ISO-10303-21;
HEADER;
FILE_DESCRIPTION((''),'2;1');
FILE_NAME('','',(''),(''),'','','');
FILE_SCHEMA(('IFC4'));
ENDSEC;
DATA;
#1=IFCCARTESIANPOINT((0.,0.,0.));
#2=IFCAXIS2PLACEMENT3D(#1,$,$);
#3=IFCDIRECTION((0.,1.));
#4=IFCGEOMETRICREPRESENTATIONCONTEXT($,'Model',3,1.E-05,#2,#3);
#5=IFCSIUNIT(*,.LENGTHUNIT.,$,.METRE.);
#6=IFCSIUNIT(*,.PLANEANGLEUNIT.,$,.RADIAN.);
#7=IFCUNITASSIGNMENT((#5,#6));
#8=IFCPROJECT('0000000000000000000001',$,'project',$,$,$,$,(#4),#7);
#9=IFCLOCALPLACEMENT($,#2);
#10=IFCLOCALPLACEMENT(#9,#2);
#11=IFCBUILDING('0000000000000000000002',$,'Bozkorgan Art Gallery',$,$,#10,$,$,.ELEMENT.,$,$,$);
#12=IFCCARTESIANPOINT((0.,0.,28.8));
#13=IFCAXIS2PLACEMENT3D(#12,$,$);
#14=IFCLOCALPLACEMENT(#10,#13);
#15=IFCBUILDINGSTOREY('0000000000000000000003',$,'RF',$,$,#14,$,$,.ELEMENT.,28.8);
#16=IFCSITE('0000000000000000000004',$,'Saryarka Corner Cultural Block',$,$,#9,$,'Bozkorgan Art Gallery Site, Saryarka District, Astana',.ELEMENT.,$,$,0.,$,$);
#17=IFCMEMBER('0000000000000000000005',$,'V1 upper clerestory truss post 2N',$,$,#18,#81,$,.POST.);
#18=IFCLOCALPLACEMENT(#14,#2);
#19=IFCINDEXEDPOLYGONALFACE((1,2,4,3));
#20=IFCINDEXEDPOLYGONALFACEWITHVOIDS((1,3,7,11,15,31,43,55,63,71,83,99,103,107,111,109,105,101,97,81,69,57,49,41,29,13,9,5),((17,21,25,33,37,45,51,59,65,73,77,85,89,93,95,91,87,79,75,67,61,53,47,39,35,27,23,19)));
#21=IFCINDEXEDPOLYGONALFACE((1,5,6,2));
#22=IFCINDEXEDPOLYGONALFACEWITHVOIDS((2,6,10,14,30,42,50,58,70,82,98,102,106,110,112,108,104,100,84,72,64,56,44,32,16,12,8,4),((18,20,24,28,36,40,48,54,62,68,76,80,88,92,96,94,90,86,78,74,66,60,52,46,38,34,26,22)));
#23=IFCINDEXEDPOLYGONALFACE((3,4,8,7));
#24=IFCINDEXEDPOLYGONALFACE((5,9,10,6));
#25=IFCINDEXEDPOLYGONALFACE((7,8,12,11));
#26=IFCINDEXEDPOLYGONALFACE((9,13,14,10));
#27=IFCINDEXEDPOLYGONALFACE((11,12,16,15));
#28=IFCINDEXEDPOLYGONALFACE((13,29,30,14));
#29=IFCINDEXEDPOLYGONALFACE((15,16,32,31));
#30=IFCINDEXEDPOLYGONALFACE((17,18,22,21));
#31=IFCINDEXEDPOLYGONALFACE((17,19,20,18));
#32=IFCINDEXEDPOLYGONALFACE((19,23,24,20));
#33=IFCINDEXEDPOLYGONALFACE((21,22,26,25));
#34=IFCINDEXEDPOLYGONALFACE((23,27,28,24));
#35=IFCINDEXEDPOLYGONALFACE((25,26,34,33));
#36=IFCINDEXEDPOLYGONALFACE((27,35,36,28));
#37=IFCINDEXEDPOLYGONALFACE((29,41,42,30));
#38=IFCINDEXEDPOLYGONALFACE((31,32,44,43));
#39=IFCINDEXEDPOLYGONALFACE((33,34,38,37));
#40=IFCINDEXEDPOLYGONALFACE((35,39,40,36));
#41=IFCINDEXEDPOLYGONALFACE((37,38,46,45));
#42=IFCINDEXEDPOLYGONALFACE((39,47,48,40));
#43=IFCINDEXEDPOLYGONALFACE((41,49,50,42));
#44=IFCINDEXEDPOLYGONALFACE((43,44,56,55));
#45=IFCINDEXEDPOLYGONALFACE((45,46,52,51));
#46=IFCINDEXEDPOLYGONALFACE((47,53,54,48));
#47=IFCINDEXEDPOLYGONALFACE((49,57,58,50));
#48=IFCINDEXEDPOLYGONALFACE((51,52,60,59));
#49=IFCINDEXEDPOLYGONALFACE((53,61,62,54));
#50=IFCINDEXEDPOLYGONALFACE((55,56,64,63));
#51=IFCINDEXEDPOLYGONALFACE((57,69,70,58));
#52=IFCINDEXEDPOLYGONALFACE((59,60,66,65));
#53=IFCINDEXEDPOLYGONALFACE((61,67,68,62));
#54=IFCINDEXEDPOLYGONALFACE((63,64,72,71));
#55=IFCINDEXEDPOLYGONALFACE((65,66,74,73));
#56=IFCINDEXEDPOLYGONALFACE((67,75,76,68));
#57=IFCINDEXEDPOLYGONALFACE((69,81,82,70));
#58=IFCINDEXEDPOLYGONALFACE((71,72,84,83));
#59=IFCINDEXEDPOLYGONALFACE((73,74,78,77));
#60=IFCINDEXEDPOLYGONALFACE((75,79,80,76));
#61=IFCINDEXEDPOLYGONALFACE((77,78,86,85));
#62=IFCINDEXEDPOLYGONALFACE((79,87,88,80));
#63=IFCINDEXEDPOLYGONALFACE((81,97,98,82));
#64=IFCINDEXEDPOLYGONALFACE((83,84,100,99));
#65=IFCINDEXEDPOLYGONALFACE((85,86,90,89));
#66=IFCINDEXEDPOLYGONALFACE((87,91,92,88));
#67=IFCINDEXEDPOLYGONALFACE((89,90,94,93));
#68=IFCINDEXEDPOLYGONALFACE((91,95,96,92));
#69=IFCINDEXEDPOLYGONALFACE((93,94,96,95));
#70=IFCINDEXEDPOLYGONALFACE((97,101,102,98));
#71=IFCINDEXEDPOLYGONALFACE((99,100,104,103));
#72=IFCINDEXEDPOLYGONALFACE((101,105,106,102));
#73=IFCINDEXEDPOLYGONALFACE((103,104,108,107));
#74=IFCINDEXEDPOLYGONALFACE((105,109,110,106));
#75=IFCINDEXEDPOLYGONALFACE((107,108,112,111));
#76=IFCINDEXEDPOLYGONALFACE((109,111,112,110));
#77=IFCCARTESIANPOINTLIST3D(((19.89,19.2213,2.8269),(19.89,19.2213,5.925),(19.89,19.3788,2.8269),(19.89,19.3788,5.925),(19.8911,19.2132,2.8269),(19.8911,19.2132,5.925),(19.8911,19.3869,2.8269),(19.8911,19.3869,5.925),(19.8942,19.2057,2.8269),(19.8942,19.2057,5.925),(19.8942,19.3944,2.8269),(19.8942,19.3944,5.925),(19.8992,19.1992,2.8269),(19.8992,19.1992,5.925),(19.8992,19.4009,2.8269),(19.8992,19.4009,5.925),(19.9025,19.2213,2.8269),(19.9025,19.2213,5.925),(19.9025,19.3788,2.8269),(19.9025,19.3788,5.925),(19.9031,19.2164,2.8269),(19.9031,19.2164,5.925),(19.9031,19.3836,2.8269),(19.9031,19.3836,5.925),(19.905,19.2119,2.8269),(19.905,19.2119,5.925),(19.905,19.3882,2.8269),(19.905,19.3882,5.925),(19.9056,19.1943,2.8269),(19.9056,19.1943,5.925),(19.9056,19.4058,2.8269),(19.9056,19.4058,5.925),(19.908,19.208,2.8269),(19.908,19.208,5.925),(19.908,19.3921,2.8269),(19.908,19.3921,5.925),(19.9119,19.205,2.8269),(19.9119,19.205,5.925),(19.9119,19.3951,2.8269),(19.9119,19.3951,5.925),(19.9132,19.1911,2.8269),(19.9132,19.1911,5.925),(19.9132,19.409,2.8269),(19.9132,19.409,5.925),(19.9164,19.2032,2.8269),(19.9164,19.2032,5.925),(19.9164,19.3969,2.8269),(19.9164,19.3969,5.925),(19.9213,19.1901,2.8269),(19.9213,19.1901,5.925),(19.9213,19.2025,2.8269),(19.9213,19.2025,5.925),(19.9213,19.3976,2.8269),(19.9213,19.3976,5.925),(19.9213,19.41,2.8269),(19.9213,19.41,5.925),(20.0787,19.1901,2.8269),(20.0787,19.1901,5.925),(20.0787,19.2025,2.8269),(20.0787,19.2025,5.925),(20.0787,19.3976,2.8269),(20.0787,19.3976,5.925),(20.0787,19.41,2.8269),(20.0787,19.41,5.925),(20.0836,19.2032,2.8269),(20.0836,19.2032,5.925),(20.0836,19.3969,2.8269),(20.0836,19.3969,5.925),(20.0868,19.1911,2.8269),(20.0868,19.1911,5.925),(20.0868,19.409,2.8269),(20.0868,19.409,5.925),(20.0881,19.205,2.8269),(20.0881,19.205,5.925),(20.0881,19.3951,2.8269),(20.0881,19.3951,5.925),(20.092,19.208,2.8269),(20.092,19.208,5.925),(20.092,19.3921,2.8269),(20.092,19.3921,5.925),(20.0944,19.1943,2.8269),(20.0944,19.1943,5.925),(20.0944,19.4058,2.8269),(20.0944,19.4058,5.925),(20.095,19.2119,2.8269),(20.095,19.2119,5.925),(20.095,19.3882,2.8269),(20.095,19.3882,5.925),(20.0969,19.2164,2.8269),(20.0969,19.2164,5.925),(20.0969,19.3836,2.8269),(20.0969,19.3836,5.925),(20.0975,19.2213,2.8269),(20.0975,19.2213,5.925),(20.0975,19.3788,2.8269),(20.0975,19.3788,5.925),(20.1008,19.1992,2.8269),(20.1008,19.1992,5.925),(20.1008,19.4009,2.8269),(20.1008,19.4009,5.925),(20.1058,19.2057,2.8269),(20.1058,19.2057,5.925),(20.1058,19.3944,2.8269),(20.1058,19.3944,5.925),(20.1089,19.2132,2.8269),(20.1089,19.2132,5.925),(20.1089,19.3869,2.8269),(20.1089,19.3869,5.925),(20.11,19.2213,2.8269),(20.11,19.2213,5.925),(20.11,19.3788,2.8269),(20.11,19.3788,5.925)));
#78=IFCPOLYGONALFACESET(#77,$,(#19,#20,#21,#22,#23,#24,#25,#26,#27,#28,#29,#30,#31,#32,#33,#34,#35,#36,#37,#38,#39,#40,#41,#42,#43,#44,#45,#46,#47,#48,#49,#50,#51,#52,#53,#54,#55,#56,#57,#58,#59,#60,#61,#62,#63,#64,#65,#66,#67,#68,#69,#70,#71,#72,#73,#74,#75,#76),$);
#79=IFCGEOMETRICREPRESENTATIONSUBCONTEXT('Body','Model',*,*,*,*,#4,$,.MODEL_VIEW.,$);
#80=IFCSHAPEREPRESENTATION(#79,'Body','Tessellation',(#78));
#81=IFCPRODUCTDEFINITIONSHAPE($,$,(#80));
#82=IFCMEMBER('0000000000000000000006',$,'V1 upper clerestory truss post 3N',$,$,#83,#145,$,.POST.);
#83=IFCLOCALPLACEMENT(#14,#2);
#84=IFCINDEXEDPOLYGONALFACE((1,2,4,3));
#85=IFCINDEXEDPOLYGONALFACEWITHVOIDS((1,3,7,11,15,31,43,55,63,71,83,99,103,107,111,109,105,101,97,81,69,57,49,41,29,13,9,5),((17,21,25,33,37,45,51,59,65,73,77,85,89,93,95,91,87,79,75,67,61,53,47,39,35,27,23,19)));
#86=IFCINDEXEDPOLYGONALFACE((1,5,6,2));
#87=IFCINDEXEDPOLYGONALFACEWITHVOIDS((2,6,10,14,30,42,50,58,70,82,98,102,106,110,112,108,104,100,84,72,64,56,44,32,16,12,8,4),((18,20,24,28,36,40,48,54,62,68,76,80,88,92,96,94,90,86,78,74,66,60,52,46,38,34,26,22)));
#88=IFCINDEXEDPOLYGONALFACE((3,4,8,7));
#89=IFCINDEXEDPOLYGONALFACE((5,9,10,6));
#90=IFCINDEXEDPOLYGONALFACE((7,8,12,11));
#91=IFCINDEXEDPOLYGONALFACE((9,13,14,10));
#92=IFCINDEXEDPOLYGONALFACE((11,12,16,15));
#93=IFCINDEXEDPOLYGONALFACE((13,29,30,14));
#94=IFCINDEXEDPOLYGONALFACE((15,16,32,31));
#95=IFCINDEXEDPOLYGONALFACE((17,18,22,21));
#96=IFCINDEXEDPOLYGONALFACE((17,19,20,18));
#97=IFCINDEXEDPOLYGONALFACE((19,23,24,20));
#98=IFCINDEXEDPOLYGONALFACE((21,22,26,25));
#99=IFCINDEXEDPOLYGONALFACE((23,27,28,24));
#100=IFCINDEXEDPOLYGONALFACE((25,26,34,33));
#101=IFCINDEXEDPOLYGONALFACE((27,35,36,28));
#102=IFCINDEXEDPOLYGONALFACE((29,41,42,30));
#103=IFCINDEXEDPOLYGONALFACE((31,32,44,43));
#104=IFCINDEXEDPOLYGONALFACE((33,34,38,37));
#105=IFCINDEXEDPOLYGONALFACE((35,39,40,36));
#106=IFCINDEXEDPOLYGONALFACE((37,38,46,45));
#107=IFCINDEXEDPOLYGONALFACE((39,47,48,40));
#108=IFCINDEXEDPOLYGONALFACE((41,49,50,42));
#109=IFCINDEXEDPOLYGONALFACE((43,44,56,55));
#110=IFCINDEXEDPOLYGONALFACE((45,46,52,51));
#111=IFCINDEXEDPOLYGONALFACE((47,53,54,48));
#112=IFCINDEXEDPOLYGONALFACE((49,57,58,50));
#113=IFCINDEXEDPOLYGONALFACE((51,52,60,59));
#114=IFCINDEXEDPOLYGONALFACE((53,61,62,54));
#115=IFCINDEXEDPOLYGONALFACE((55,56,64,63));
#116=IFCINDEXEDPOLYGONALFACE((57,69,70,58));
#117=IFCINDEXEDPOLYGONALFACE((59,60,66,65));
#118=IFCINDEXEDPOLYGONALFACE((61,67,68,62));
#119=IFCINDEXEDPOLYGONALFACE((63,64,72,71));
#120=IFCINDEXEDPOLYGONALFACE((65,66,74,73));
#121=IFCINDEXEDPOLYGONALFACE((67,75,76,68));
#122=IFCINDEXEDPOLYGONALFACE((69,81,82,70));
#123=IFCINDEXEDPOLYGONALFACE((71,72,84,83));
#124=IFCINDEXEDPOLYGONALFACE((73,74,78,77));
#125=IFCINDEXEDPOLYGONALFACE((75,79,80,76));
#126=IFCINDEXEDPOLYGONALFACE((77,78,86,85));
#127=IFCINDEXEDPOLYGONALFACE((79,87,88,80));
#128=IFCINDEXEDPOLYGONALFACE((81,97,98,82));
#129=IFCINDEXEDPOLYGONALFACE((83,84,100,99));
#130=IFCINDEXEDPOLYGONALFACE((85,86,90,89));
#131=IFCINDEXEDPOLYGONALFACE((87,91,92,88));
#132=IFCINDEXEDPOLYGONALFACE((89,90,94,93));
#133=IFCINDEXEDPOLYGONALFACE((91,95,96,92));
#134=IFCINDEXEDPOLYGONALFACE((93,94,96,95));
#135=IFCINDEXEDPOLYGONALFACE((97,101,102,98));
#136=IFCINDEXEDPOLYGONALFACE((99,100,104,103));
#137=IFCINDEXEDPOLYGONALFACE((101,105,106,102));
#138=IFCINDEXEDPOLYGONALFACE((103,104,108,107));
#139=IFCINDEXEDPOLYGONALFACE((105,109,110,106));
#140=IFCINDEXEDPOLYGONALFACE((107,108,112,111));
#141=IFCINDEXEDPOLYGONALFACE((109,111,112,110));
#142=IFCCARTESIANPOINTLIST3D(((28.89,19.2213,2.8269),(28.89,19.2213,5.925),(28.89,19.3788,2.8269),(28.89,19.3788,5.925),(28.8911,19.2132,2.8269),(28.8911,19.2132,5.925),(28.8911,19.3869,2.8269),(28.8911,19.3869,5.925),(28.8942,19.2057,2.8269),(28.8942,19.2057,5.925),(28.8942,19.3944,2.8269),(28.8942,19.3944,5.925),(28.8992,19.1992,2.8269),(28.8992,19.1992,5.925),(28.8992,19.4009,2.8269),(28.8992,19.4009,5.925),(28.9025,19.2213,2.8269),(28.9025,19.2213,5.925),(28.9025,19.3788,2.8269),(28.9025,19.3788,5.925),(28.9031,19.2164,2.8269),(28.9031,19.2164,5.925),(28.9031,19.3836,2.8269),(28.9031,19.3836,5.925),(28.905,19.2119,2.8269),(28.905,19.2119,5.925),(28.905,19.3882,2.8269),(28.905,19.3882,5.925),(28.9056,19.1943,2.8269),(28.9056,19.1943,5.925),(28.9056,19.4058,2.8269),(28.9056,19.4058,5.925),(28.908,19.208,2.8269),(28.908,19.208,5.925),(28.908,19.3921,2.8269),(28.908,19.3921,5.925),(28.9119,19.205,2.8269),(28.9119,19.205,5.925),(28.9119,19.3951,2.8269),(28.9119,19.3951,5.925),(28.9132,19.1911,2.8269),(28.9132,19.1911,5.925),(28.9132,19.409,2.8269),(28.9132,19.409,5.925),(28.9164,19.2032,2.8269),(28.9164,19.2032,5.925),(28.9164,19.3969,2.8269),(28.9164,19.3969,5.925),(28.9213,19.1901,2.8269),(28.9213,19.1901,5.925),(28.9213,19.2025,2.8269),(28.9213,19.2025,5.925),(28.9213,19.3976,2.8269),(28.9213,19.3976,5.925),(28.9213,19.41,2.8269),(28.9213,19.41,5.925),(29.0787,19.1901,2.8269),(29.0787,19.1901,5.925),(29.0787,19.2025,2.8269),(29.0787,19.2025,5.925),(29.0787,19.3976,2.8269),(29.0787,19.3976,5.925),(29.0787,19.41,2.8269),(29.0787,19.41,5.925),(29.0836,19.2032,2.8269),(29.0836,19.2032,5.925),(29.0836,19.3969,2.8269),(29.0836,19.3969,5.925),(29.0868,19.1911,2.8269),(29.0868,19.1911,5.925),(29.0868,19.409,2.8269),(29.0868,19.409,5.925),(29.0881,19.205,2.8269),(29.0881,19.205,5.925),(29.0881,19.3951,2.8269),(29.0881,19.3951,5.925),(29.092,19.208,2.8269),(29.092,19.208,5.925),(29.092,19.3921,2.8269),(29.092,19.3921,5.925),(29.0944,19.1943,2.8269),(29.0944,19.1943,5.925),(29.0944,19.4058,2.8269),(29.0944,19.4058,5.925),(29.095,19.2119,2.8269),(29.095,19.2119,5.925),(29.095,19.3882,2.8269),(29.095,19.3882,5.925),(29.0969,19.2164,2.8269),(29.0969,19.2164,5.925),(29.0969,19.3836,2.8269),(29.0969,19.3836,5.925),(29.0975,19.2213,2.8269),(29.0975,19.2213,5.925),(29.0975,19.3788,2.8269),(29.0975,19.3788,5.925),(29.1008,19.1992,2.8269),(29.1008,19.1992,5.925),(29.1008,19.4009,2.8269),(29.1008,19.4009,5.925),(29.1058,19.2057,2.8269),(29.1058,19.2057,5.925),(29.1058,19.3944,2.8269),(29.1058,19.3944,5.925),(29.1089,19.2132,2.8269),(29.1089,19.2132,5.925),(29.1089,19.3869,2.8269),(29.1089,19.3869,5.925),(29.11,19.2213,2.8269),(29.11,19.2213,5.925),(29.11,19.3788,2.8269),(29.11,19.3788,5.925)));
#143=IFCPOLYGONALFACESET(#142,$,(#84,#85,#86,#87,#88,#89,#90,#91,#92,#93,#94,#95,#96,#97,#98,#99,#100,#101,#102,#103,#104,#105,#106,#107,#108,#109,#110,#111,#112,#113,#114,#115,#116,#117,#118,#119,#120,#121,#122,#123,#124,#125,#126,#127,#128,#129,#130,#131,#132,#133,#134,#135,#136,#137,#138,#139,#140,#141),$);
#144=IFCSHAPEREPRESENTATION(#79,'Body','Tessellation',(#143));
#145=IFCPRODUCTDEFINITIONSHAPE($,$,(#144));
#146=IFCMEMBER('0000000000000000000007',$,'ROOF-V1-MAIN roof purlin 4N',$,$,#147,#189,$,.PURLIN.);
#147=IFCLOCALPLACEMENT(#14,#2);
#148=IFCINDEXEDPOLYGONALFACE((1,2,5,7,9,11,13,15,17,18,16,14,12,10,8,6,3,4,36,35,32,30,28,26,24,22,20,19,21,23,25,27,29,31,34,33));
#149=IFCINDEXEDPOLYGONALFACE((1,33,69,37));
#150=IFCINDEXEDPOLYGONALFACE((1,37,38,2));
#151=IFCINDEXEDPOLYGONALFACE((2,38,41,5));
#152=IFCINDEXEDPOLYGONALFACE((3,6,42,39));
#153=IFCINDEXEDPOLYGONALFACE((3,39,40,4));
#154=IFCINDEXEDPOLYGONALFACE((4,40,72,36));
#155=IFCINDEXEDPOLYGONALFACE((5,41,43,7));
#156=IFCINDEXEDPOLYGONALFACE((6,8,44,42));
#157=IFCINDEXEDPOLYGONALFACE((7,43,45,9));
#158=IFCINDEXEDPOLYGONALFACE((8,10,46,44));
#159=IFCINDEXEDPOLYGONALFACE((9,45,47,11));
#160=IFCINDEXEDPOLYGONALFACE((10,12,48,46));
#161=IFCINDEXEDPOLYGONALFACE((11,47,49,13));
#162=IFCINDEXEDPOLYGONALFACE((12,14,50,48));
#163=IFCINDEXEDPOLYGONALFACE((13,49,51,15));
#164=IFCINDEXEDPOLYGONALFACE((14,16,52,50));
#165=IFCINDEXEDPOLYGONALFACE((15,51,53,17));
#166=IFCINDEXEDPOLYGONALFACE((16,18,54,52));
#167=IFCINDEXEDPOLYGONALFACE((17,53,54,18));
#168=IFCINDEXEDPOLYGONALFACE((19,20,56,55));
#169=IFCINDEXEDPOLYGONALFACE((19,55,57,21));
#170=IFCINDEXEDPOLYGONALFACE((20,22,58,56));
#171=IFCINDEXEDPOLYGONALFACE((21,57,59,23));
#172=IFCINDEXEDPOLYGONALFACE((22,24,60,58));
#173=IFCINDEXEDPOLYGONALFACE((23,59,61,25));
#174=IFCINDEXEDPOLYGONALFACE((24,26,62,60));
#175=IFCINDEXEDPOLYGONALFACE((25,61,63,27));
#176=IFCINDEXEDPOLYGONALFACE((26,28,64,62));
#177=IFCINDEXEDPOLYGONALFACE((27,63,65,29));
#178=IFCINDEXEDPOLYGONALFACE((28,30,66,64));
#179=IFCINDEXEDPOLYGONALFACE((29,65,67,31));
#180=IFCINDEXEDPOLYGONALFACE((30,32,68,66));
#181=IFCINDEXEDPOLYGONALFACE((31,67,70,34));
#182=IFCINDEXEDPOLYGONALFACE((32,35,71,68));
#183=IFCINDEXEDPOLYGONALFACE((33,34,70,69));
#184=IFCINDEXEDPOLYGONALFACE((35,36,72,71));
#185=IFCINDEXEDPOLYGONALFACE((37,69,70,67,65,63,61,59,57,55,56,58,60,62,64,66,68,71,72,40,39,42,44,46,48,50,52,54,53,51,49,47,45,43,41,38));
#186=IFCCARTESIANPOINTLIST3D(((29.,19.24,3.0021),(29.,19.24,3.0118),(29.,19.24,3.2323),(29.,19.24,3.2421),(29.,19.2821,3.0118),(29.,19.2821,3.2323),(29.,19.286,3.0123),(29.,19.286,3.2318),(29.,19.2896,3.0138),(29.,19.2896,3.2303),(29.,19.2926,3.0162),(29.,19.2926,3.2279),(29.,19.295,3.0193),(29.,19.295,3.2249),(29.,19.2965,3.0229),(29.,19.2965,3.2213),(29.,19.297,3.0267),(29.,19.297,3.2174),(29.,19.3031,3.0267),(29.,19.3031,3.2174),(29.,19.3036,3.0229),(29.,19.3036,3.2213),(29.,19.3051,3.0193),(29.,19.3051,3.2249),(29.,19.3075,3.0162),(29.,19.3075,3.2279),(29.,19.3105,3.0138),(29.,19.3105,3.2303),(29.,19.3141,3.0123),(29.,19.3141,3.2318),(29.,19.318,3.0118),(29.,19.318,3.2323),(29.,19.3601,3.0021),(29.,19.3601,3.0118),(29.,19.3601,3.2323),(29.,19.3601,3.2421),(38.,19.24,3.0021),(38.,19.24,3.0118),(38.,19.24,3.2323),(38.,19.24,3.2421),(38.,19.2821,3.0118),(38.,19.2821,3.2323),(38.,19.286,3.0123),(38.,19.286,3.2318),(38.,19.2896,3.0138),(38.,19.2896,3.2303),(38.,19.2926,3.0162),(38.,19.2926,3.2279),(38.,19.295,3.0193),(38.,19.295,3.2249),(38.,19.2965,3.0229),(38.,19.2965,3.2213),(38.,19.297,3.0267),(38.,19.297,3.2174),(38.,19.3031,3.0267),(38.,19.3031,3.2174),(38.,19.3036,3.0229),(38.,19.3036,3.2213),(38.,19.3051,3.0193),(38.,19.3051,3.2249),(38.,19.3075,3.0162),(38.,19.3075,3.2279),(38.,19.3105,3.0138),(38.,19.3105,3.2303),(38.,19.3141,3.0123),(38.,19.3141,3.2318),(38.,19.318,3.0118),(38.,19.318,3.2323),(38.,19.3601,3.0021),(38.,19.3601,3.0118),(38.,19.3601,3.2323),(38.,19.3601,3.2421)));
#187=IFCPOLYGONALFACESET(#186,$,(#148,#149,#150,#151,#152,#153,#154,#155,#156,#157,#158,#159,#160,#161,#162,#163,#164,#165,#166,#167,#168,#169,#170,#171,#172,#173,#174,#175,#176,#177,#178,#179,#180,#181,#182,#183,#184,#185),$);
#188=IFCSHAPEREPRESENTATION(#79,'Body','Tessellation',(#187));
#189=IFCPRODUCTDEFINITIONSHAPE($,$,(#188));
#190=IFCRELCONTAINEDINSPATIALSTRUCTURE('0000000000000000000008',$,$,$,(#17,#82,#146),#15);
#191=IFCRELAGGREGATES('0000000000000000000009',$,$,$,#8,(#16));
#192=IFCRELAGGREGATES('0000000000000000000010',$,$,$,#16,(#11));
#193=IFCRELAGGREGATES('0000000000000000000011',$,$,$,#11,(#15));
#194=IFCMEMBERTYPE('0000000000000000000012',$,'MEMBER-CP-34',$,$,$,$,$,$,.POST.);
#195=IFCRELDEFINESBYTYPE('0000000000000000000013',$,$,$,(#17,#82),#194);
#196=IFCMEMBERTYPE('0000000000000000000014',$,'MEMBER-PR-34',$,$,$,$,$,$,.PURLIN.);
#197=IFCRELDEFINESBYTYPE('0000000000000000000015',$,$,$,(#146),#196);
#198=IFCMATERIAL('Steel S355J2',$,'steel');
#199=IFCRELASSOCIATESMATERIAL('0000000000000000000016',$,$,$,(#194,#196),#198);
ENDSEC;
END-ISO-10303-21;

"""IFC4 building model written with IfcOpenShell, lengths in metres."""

from ifc_helpers import new_model, si_unit, direction, frame, origin, origin_2d, place, context, subcontext, project, spatial, hollow_rectangle, i_section, extrude, material, material_profile, profile_set, type_object, element, save


model = new_model("IFC4")

# Units and contexts
model_context = context("Model", 3, precision=1e-05, world=origin(), true_north=direction((0.0, 1.0)))
body_context = subcontext(model_context, "Body", "Model", "MODEL_VIEW")
ifc_project = project(units=[si_unit("LENGTHUNIT", "METRE"), si_unit("PLANEANGLEUNIT", "RADIAN")], contexts=[model_context])

# Site, building, storey
site_placement = place(None, origin())
site = spatial("IfcSite", under=ifc_project, at=site_placement, Name="Saryarka Corner Cultural Block", LongName="Bozkorgan Art Gallery Site, Saryarka District, Astana", CompositionType="ELEMENT", RefElevation=0.0)
building_placement = place(site_placement, origin())
building = spatial("IfcBuilding", under=site, at=building_placement, Name="Bozkorgan Art Gallery", CompositionType="ELEMENT")
storey_placement = place(building_placement, frame((0.0, 0.0, 28.8)))
storey = spatial("IfcBuildingStorey", under=building, at=storey_placement, Name="RF", CompositionType="ELEMENT", Elevation=28.8)

# Members
ifc_material_1 = material(Name="Steel S355J2", Category="steel")
ifc_material_profile_1 = material_profile(ifc_material_1, hollow_rectangle(XDim=0.22, YDim=0.22, WallThickness=0.0125, InnerFilletRadius=0.0188, OuterFilletRadius=0.0312, at=origin_2d()), Name="SHS 220x220x12.5")
ifc_profile_set_1 = profile_set([ifc_material_profile_1], Name="Steel S355J2")
member_type_1 = type_object("IfcMemberType", Name="MEMBER-CP-34", PredefinedType="POST", material=ifc_profile_set_1)
for number, where, z_axis, x_axis, name in (
    (1, (20.0, 19.3, 2.8269), (0.0, 0.0, 1.0), (1.0, 0.0, 0.0), "V1 upper clerestory truss post 2N"),
    (2, (29.0, 19.3, 2.8269), (0.0, 0.0, 1.0), (1.0, 0.0, 0.0), "V1 upper clerestory truss post 3N"),
):
    element("IfcMember", number, at=place(storey_placement, frame(where, z_axis=z_axis, x_axis=x_axis)), inside=storey, type_object=member_type_1, Name=name, PredefinedType="POST", context=body_context, shape_type="SweptSolid", body=[
        extrude(hollow_rectangle(XDim=0.22, YDim=0.22, WallThickness=0.0125, InnerFilletRadius=0.0188, OuterFilletRadius=0.0312, at=origin_2d()), origin(), (0.0, 0.0, 1.0), 3.0981),
    ])
ifc_material_profile_2 = material_profile(ifc_material_1, i_section(OverallWidth=0.1201, OverallDepth=0.24, WebThickness=0.0061, FlangeThickness=0.0098, FilletRadius=0.0149, at=origin_2d()), Name="IPE 240")
ifc_profile_set_2 = profile_set([ifc_material_profile_2], Name="Steel S355J2")
member_type_2 = type_object("IfcMemberType", Name="MEMBER-PR-34", PredefinedType="PURLIN", material=ifc_profile_set_2)
for number, where, z_axis, x_axis, name in (
    (3, (29.0, 19.3, 3.1221), (1.0, 0.0, 0.0), (0.0, 1.0, 0.0), "ROOF-V1-MAIN roof purlin 4N"),
):
    element("IfcMember", number, at=place(storey_placement, frame(where, z_axis=z_axis, x_axis=x_axis)), inside=storey, type_object=member_type_2, Name=name, PredefinedType="PURLIN", context=body_context, shape_type="SweptSolid", body=[
        extrude(i_section(OverallWidth=0.1201, OverallDepth=0.24, WebThickness=0.0061, FlangeThickness=0.0098, FilletRadius=0.0149, at=origin_2d()), origin(), (0.0, 0.0, 1.0), 9.0),
    ])

save(model, "model.ifc")
